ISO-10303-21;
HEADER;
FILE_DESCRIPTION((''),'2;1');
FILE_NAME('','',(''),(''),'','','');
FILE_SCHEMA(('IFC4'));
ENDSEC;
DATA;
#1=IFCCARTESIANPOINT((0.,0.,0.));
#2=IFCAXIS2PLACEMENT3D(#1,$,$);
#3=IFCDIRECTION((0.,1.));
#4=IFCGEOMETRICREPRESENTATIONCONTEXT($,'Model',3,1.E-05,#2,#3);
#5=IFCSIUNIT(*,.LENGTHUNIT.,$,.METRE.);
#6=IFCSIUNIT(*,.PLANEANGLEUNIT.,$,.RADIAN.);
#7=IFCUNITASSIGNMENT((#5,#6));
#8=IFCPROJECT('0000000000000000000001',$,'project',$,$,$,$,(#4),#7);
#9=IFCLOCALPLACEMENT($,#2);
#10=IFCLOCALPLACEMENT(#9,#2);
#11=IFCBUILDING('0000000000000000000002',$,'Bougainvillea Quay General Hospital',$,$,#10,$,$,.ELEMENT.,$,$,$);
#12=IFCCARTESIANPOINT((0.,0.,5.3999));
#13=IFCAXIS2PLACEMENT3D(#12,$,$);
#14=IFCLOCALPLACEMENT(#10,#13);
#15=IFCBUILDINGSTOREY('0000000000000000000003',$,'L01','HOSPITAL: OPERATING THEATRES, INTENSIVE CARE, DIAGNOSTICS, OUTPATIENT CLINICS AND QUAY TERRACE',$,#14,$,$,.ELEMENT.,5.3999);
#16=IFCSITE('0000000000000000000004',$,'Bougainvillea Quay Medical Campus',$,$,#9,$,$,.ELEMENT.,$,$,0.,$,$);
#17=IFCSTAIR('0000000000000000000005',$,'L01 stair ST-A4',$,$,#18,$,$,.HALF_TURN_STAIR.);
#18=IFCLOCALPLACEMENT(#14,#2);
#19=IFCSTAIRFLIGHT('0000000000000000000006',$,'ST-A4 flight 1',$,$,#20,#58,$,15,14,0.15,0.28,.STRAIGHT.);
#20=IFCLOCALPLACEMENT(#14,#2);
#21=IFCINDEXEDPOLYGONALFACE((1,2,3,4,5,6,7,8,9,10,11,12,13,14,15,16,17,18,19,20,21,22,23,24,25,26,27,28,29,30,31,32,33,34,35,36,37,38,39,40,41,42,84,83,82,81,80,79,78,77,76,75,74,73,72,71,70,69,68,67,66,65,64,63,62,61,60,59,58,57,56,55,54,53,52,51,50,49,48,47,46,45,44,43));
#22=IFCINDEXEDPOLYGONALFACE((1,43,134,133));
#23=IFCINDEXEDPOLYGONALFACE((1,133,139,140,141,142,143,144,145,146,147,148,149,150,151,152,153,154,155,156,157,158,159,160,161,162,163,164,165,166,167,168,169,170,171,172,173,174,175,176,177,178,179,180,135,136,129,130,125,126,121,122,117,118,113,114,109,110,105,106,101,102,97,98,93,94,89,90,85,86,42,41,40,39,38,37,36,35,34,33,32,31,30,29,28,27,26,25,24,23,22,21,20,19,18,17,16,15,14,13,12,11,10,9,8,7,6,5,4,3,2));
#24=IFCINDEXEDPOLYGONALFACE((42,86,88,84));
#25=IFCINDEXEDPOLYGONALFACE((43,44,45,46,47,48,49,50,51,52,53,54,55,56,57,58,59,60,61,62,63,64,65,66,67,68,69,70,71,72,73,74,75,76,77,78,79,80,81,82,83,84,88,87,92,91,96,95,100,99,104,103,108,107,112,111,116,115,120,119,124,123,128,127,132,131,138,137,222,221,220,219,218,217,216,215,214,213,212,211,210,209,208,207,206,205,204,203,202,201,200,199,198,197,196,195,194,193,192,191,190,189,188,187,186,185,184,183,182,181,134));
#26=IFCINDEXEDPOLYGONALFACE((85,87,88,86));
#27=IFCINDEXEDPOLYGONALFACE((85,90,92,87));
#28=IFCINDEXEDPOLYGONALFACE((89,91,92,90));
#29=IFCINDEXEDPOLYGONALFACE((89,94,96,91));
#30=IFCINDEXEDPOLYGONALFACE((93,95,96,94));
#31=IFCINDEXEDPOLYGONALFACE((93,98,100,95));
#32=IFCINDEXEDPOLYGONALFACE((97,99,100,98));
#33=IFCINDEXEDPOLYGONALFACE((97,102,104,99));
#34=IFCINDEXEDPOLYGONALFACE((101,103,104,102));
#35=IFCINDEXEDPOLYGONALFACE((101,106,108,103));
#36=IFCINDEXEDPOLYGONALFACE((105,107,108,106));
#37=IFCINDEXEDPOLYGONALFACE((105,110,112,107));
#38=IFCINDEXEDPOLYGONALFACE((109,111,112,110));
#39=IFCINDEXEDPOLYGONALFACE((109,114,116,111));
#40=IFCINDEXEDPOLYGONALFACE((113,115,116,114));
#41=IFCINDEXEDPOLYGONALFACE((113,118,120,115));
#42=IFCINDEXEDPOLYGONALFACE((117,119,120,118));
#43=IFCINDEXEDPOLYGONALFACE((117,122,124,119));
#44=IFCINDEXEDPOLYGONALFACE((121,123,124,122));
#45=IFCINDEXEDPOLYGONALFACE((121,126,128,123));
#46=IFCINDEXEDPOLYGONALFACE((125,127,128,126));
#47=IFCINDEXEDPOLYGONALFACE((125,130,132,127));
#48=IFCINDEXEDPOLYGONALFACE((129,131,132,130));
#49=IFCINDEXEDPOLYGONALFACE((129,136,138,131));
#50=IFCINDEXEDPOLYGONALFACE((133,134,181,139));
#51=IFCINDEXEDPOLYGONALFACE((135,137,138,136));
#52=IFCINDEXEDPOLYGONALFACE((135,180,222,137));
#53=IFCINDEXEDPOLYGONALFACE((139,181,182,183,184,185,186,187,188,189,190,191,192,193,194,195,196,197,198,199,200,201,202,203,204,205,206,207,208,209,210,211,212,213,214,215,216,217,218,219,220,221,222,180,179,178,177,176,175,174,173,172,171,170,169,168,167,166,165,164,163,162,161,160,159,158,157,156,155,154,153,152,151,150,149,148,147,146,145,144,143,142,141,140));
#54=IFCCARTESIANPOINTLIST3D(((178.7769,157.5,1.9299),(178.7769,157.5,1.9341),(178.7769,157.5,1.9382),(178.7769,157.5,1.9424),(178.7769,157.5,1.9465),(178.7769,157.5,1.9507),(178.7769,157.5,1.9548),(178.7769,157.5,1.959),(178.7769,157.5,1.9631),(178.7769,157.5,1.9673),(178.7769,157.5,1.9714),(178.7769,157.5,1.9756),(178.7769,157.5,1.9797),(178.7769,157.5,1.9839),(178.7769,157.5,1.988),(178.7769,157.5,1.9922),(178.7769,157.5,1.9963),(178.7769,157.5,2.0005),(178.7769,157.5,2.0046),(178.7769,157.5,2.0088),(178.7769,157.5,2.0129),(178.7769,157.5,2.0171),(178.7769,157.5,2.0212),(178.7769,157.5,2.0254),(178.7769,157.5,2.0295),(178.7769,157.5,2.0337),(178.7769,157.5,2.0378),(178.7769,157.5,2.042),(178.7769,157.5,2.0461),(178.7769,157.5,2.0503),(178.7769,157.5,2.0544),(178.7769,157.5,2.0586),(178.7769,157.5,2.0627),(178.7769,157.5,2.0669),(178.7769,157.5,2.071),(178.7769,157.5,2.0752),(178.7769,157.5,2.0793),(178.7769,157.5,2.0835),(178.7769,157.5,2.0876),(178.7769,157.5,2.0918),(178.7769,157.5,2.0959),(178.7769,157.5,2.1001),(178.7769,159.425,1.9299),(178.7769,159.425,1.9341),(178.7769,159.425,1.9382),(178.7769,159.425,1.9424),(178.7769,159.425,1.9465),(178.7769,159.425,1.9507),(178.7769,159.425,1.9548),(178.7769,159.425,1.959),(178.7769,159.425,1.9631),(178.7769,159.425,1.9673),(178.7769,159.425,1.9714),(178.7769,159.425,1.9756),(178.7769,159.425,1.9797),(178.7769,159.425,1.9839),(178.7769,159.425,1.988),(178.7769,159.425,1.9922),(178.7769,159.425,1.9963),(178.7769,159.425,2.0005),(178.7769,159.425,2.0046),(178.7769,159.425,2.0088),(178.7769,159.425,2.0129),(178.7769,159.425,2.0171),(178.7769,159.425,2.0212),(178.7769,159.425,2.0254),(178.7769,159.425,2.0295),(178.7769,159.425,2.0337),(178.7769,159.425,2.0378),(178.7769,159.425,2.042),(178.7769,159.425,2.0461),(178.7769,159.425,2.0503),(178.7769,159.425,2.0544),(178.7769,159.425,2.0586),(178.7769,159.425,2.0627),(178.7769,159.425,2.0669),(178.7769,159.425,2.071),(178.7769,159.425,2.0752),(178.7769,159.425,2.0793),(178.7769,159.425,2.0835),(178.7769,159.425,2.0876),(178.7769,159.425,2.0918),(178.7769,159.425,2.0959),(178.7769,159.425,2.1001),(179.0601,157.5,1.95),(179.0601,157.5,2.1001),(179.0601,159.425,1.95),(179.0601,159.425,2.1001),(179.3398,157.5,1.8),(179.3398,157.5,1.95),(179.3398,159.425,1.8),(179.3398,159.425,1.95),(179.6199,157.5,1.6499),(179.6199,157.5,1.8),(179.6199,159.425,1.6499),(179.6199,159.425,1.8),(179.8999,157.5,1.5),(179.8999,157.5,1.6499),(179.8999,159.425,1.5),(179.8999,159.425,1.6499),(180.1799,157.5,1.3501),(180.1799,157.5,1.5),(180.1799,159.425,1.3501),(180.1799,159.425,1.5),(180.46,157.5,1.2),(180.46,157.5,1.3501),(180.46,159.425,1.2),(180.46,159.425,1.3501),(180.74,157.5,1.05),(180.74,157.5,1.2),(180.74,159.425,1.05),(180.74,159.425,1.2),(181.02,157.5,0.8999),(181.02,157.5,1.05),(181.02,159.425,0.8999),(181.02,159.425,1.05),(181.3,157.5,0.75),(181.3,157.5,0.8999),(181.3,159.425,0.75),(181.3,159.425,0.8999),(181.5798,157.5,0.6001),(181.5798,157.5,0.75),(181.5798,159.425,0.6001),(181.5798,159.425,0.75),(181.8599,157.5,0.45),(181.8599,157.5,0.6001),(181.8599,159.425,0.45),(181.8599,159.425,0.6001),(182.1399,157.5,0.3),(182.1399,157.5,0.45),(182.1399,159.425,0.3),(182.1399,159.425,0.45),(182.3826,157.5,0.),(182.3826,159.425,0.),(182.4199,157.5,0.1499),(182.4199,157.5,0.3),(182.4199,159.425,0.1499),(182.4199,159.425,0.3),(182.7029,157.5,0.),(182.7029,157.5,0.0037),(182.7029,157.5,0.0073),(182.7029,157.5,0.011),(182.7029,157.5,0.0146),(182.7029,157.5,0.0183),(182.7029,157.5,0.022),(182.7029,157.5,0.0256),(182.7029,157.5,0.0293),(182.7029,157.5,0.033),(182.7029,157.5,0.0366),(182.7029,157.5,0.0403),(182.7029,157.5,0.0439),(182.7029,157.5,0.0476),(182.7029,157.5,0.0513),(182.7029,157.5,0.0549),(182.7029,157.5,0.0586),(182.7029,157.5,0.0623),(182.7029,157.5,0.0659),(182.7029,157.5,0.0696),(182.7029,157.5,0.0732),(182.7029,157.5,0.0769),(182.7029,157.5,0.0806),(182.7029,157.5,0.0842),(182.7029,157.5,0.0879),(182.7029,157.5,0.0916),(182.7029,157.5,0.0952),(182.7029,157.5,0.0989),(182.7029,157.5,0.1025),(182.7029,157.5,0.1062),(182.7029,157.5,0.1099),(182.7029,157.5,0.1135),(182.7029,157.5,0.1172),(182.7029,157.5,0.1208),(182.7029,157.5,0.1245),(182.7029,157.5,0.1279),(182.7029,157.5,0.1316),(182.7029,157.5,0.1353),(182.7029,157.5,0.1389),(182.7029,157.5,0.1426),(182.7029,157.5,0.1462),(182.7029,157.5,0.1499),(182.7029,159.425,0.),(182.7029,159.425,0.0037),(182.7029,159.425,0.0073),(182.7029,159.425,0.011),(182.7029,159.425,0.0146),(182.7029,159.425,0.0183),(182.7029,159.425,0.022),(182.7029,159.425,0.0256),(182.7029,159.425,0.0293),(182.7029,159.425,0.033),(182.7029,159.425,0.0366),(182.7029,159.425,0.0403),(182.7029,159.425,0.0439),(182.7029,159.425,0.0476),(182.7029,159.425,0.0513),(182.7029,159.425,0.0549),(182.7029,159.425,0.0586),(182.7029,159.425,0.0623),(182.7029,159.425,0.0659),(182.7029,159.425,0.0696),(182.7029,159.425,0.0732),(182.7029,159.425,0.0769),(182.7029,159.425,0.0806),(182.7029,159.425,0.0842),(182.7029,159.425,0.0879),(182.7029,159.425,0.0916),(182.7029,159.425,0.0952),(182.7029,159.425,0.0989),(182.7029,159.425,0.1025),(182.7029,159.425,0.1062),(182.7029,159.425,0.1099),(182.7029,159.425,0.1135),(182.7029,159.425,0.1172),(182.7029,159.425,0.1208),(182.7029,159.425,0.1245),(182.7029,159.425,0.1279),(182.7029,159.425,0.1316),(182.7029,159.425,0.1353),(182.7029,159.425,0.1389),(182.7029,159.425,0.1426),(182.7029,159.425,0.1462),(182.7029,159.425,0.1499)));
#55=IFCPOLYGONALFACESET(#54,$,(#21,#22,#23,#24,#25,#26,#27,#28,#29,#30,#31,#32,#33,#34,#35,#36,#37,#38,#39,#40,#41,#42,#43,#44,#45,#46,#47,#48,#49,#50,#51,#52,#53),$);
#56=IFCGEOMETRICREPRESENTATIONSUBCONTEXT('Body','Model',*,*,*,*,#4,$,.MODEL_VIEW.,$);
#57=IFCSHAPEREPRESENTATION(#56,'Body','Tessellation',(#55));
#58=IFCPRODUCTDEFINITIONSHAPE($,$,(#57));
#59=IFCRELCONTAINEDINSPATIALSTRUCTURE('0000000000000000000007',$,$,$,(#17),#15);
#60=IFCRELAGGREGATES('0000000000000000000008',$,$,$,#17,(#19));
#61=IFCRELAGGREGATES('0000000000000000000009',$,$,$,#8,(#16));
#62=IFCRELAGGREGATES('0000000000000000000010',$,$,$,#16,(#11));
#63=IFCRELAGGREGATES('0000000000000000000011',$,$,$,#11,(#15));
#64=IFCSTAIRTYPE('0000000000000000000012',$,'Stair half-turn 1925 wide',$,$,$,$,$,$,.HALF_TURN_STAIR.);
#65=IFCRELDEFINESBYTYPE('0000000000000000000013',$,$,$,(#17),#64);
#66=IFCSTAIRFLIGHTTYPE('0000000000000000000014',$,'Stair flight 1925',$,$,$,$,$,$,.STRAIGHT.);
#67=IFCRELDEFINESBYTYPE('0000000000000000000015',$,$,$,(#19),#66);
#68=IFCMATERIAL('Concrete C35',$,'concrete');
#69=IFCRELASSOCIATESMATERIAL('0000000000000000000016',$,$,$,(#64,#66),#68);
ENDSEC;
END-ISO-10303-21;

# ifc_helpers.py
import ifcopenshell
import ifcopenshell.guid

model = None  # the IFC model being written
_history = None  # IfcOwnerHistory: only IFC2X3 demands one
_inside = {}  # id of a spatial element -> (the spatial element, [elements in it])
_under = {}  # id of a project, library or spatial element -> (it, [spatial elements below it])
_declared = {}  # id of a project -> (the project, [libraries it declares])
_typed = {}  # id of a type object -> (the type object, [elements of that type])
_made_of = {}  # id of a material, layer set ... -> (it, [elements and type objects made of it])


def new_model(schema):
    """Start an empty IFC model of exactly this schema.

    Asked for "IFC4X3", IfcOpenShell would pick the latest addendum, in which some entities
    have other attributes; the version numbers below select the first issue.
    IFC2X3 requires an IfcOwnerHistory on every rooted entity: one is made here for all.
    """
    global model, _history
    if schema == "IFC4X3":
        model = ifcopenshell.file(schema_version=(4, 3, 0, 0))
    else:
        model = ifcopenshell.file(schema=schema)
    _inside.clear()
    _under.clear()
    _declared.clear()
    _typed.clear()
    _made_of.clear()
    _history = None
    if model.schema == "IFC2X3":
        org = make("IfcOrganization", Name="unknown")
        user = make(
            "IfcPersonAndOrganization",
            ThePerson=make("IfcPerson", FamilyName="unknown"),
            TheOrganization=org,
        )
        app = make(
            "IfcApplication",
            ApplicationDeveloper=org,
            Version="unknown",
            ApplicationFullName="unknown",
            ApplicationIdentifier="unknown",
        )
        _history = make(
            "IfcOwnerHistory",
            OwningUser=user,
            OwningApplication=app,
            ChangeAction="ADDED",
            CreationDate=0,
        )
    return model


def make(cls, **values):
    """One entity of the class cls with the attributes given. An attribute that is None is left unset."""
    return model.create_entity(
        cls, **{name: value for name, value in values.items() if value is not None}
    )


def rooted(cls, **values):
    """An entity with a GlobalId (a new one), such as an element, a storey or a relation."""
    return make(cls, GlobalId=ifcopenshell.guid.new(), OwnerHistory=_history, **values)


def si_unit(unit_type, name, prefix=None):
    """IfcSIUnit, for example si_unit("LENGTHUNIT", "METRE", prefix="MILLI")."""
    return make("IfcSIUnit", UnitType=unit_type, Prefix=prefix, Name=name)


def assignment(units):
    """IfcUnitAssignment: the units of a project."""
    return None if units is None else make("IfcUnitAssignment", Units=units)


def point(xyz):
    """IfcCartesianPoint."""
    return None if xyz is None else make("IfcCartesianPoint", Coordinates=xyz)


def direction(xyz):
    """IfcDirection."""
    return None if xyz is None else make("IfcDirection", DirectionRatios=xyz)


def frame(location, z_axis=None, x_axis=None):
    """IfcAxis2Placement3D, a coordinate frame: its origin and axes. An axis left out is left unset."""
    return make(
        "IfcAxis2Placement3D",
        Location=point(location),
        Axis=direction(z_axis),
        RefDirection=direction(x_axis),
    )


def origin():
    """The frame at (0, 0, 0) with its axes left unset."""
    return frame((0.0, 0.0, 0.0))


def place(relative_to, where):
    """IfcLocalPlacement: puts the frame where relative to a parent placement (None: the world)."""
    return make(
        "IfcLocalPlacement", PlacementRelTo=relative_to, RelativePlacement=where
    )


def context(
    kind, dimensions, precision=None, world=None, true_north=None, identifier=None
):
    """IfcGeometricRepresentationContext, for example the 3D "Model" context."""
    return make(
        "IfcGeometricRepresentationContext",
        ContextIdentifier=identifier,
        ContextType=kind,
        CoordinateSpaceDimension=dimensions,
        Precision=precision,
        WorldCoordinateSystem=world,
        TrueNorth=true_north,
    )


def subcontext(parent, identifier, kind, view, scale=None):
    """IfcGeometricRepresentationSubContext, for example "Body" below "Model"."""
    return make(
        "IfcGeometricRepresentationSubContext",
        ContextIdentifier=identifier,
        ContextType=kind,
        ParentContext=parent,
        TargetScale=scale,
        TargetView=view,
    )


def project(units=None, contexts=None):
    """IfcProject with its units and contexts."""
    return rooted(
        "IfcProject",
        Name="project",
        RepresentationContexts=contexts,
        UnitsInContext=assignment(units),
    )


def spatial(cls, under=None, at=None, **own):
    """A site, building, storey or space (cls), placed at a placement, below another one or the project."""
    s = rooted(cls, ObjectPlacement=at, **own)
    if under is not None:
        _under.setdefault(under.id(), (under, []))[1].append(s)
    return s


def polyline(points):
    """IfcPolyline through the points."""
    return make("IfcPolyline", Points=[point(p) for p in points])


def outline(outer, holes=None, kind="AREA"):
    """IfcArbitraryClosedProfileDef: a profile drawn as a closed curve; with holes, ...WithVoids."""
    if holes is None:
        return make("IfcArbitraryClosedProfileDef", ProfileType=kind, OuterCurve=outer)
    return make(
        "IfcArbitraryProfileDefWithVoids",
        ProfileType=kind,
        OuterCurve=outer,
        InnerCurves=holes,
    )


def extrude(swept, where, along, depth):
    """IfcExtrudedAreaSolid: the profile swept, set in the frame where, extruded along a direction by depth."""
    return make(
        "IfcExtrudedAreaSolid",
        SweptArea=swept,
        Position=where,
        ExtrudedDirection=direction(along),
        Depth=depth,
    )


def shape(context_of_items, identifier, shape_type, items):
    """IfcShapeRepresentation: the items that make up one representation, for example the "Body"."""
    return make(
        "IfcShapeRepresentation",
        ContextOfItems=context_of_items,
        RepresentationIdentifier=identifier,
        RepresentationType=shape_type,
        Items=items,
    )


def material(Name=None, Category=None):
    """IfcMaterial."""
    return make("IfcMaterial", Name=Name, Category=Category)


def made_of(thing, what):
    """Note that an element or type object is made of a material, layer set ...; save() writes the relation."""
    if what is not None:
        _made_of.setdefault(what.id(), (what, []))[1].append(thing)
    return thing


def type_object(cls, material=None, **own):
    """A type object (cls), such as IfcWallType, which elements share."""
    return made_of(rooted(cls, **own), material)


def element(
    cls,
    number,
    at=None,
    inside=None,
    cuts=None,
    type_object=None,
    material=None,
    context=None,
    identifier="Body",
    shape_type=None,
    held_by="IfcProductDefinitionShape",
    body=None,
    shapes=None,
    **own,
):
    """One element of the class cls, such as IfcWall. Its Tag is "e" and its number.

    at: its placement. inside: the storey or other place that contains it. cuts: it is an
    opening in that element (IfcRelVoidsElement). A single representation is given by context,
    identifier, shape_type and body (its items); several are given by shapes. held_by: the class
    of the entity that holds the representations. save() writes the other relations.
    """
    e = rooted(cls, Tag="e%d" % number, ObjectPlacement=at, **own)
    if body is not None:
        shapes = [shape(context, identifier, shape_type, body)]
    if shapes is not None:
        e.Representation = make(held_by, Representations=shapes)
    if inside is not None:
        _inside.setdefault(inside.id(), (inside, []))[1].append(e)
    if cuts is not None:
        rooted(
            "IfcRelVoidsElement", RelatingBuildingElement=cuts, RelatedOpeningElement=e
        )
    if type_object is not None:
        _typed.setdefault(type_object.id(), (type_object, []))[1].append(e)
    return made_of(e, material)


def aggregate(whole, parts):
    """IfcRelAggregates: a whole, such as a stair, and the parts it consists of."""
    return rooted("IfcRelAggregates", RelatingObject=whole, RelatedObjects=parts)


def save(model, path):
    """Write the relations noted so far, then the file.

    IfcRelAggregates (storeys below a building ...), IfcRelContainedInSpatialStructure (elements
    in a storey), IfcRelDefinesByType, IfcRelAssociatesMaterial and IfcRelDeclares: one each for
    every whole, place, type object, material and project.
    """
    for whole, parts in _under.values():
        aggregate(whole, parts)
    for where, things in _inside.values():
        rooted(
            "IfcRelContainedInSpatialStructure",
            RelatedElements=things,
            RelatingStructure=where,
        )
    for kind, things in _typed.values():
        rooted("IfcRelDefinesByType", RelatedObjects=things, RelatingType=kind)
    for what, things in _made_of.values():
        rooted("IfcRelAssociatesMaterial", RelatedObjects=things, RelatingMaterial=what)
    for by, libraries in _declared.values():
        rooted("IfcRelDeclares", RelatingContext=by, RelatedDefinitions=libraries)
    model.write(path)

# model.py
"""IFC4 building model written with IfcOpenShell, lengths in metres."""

from ifc_helpers import new_model, si_unit, direction, frame, origin, place, context, subcontext, project, spatial, polyline, outline, extrude, material, type_object, element, aggregate, save


model = new_model("IFC4")

# Units and contexts
model_context = context("Model", 3, precision=1e-05, world=origin(), true_north=direction((0.0, 1.0)))
body_context = subcontext(model_context, "Body", "Model", "MODEL_VIEW")
ifc_project = project(units=[si_unit("LENGTHUNIT", "METRE"), si_unit("PLANEANGLEUNIT", "RADIAN")], contexts=[model_context])

# Site, building, storey
site_placement = place(None, origin())
site = spatial("IfcSite", under=ifc_project, at=site_placement, Name="Bougainvillea Quay Medical Campus", CompositionType="ELEMENT", RefElevation=0.0)
building_placement = place(site_placement, origin())
building = spatial("IfcBuilding", under=site, at=building_placement, Name="Bougainvillea Quay General Hospital", CompositionType="ELEMENT")
storey_placement = place(building_placement, frame((0.0, 0.0, 5.3999)))
storey = spatial("IfcBuildingStorey", under=building, at=storey_placement, Name="L01", Description="HOSPITAL: OPERATING THEATRES, INTENSIVE CARE, DIAGNOSTICS, OUTPATIENT CLINICS AND QUAY TERRACE", CompositionType="ELEMENT", Elevation=5.3999)

# Stair, stair flight
ifc_material_1 = material(Name="Concrete C35", Category="concrete")
stair_type = type_object("IfcStairType", Name="Stair half-turn 1925 wide", PredefinedType="HALF_TURN_STAIR", material=ifc_material_1)
stair_placement = place(storey_placement, origin())
stair = element("IfcStair", 1, at=stair_placement, inside=storey, type_object=stair_type, Name="L01 stair ST-A4", PredefinedType="HALF_TURN_STAIR")
stair_flight_type = type_object("IfcStairFlightType", Name="Stair flight 1925", PredefinedType="STRAIGHT", material=ifc_material_1)
stair_flight_1_placement = place(storey_placement, frame((182.7, 158.4624, 0.0), z_axis=(0.0, 0.0, 1.0), x_axis=(-1.0, 0.0, 0.0)))
stair_flight_1 = element("IfcStairFlight", 2, at=stair_flight_1_placement, type_object=stair_flight_type, Name="ST-A4 flight 1", NumberOfRisers=15, NumberOfTreads=14, PredefinedType="STRAIGHT", RiserHeight=0.15, TreadLength=0.28, context=body_context, shape_type="SweptSolid", body=[
    extrude(outline(polyline([(-0.0029, 0.0), (-0.0029, 0.0037), (-0.0029, 0.0073), (-0.0029, 0.011), (-0.0029, 0.0146), (-0.0029, 0.0183), (-0.0029, 0.022), (-0.0029, 0.0256), (-0.0029, 0.0293), (-0.0029, 0.033), (-0.0029, 0.0366), (-0.0029, 0.0403), (-0.0029, 0.0439), (-0.0029, 0.0476), (-0.0029, 0.0513), (-0.0029, 0.0549), (-0.0029, 0.0586), (-0.0029, 0.0623), (-0.0029, 0.0659), (-0.0029, 0.0696), (-0.0029, 0.0732), (-0.0029, 0.0769), (-0.0029, 0.0806), (-0.0029, 0.0842), (-0.0029, 0.0879), (-0.0029, 0.0916), (-0.0029, 0.0952), (-0.0029, 0.0989), (-0.0029, 0.1025), (-0.0029, 0.1062), (-0.0029, 0.1099), (-0.0029, 0.1135), (-0.0029, 0.1172), (-0.0029, 0.1208), (-0.0029, 0.1245), (-0.0029, 0.1279), (-0.0029, 0.1316), (-0.0029, 0.1353), (-0.0029, 0.1389), (-0.0029, 0.1426), (-0.0029, 0.1462), (-0.0029, 0.1499), (0.28, 0.1499), (0.28, 0.3), (0.5601, 0.3), (0.5601, 0.45), (0.8401, 0.45), (0.8401, 0.6001), (1.1201, 0.6001), (1.1201, 0.75), (1.3999, 0.75), (1.3999, 0.8999), (1.6799, 0.8999), (1.6799, 1.05), (1.96, 1.05), (1.96, 1.2), (2.24, 1.2), (2.24, 1.3501), (2.52, 1.3501), (2.52, 1.5), (2.8, 1.5), (2.8, 1.6499), (3.0801, 1.6499), (3.0801, 1.8), (3.3601, 1.8), (3.3601, 1.95), (3.6399, 1.95), (3.6399, 2.1001), (3.9231, 2.1001), (3.9231, 2.0959), (3.9231, 2.0918), (3.9231, 2.0876), (3.9231, 2.0835), (3.9231, 2.0793), (3.9231, 2.0752), (3.9231, 2.071), (3.9231, 2.0669), (3.9231, 2.0627), (3.9231, 2.0586), (3.9231, 2.0544), (3.9231, 2.0503), (3.9231, 2.0461), (3.9231, 2.042), (3.9231, 2.0378), (3.9231, 2.0337), (3.9231, 2.0295), (3.9231, 2.0254), (3.9231, 2.0212), (3.9231, 2.0171), (3.9231, 2.0129), (3.9231, 2.0088), (3.9231, 2.0046), (3.9231, 2.0005), (3.9231, 1.9963), (3.9231, 1.9922), (3.9231, 1.988), (3.9231, 1.9839), (3.9231, 1.9797), (3.9231, 1.9756), (3.9231, 1.9714), (3.9231, 1.9673), (3.9231, 1.9631), (3.9231, 1.959), (3.9231, 1.9548), (3.9231, 1.9507), (3.9231, 1.9465), (3.9231, 1.9424), (3.9231, 1.9382), (3.9231, 1.9341), (3.9231, 1.9299), (0.3174, 0.0), (-0.0029, 0.0)])), frame((0.0, 0.9624, 0.0), z_axis=(0.0, -1.0, 0.0), x_axis=(1.0, 0.0, 0.0)), (0.0, 0.0, 1.0), 1.925),
])
aggregate(stair, [stair_flight_1])

save(model, "model.ifc")
